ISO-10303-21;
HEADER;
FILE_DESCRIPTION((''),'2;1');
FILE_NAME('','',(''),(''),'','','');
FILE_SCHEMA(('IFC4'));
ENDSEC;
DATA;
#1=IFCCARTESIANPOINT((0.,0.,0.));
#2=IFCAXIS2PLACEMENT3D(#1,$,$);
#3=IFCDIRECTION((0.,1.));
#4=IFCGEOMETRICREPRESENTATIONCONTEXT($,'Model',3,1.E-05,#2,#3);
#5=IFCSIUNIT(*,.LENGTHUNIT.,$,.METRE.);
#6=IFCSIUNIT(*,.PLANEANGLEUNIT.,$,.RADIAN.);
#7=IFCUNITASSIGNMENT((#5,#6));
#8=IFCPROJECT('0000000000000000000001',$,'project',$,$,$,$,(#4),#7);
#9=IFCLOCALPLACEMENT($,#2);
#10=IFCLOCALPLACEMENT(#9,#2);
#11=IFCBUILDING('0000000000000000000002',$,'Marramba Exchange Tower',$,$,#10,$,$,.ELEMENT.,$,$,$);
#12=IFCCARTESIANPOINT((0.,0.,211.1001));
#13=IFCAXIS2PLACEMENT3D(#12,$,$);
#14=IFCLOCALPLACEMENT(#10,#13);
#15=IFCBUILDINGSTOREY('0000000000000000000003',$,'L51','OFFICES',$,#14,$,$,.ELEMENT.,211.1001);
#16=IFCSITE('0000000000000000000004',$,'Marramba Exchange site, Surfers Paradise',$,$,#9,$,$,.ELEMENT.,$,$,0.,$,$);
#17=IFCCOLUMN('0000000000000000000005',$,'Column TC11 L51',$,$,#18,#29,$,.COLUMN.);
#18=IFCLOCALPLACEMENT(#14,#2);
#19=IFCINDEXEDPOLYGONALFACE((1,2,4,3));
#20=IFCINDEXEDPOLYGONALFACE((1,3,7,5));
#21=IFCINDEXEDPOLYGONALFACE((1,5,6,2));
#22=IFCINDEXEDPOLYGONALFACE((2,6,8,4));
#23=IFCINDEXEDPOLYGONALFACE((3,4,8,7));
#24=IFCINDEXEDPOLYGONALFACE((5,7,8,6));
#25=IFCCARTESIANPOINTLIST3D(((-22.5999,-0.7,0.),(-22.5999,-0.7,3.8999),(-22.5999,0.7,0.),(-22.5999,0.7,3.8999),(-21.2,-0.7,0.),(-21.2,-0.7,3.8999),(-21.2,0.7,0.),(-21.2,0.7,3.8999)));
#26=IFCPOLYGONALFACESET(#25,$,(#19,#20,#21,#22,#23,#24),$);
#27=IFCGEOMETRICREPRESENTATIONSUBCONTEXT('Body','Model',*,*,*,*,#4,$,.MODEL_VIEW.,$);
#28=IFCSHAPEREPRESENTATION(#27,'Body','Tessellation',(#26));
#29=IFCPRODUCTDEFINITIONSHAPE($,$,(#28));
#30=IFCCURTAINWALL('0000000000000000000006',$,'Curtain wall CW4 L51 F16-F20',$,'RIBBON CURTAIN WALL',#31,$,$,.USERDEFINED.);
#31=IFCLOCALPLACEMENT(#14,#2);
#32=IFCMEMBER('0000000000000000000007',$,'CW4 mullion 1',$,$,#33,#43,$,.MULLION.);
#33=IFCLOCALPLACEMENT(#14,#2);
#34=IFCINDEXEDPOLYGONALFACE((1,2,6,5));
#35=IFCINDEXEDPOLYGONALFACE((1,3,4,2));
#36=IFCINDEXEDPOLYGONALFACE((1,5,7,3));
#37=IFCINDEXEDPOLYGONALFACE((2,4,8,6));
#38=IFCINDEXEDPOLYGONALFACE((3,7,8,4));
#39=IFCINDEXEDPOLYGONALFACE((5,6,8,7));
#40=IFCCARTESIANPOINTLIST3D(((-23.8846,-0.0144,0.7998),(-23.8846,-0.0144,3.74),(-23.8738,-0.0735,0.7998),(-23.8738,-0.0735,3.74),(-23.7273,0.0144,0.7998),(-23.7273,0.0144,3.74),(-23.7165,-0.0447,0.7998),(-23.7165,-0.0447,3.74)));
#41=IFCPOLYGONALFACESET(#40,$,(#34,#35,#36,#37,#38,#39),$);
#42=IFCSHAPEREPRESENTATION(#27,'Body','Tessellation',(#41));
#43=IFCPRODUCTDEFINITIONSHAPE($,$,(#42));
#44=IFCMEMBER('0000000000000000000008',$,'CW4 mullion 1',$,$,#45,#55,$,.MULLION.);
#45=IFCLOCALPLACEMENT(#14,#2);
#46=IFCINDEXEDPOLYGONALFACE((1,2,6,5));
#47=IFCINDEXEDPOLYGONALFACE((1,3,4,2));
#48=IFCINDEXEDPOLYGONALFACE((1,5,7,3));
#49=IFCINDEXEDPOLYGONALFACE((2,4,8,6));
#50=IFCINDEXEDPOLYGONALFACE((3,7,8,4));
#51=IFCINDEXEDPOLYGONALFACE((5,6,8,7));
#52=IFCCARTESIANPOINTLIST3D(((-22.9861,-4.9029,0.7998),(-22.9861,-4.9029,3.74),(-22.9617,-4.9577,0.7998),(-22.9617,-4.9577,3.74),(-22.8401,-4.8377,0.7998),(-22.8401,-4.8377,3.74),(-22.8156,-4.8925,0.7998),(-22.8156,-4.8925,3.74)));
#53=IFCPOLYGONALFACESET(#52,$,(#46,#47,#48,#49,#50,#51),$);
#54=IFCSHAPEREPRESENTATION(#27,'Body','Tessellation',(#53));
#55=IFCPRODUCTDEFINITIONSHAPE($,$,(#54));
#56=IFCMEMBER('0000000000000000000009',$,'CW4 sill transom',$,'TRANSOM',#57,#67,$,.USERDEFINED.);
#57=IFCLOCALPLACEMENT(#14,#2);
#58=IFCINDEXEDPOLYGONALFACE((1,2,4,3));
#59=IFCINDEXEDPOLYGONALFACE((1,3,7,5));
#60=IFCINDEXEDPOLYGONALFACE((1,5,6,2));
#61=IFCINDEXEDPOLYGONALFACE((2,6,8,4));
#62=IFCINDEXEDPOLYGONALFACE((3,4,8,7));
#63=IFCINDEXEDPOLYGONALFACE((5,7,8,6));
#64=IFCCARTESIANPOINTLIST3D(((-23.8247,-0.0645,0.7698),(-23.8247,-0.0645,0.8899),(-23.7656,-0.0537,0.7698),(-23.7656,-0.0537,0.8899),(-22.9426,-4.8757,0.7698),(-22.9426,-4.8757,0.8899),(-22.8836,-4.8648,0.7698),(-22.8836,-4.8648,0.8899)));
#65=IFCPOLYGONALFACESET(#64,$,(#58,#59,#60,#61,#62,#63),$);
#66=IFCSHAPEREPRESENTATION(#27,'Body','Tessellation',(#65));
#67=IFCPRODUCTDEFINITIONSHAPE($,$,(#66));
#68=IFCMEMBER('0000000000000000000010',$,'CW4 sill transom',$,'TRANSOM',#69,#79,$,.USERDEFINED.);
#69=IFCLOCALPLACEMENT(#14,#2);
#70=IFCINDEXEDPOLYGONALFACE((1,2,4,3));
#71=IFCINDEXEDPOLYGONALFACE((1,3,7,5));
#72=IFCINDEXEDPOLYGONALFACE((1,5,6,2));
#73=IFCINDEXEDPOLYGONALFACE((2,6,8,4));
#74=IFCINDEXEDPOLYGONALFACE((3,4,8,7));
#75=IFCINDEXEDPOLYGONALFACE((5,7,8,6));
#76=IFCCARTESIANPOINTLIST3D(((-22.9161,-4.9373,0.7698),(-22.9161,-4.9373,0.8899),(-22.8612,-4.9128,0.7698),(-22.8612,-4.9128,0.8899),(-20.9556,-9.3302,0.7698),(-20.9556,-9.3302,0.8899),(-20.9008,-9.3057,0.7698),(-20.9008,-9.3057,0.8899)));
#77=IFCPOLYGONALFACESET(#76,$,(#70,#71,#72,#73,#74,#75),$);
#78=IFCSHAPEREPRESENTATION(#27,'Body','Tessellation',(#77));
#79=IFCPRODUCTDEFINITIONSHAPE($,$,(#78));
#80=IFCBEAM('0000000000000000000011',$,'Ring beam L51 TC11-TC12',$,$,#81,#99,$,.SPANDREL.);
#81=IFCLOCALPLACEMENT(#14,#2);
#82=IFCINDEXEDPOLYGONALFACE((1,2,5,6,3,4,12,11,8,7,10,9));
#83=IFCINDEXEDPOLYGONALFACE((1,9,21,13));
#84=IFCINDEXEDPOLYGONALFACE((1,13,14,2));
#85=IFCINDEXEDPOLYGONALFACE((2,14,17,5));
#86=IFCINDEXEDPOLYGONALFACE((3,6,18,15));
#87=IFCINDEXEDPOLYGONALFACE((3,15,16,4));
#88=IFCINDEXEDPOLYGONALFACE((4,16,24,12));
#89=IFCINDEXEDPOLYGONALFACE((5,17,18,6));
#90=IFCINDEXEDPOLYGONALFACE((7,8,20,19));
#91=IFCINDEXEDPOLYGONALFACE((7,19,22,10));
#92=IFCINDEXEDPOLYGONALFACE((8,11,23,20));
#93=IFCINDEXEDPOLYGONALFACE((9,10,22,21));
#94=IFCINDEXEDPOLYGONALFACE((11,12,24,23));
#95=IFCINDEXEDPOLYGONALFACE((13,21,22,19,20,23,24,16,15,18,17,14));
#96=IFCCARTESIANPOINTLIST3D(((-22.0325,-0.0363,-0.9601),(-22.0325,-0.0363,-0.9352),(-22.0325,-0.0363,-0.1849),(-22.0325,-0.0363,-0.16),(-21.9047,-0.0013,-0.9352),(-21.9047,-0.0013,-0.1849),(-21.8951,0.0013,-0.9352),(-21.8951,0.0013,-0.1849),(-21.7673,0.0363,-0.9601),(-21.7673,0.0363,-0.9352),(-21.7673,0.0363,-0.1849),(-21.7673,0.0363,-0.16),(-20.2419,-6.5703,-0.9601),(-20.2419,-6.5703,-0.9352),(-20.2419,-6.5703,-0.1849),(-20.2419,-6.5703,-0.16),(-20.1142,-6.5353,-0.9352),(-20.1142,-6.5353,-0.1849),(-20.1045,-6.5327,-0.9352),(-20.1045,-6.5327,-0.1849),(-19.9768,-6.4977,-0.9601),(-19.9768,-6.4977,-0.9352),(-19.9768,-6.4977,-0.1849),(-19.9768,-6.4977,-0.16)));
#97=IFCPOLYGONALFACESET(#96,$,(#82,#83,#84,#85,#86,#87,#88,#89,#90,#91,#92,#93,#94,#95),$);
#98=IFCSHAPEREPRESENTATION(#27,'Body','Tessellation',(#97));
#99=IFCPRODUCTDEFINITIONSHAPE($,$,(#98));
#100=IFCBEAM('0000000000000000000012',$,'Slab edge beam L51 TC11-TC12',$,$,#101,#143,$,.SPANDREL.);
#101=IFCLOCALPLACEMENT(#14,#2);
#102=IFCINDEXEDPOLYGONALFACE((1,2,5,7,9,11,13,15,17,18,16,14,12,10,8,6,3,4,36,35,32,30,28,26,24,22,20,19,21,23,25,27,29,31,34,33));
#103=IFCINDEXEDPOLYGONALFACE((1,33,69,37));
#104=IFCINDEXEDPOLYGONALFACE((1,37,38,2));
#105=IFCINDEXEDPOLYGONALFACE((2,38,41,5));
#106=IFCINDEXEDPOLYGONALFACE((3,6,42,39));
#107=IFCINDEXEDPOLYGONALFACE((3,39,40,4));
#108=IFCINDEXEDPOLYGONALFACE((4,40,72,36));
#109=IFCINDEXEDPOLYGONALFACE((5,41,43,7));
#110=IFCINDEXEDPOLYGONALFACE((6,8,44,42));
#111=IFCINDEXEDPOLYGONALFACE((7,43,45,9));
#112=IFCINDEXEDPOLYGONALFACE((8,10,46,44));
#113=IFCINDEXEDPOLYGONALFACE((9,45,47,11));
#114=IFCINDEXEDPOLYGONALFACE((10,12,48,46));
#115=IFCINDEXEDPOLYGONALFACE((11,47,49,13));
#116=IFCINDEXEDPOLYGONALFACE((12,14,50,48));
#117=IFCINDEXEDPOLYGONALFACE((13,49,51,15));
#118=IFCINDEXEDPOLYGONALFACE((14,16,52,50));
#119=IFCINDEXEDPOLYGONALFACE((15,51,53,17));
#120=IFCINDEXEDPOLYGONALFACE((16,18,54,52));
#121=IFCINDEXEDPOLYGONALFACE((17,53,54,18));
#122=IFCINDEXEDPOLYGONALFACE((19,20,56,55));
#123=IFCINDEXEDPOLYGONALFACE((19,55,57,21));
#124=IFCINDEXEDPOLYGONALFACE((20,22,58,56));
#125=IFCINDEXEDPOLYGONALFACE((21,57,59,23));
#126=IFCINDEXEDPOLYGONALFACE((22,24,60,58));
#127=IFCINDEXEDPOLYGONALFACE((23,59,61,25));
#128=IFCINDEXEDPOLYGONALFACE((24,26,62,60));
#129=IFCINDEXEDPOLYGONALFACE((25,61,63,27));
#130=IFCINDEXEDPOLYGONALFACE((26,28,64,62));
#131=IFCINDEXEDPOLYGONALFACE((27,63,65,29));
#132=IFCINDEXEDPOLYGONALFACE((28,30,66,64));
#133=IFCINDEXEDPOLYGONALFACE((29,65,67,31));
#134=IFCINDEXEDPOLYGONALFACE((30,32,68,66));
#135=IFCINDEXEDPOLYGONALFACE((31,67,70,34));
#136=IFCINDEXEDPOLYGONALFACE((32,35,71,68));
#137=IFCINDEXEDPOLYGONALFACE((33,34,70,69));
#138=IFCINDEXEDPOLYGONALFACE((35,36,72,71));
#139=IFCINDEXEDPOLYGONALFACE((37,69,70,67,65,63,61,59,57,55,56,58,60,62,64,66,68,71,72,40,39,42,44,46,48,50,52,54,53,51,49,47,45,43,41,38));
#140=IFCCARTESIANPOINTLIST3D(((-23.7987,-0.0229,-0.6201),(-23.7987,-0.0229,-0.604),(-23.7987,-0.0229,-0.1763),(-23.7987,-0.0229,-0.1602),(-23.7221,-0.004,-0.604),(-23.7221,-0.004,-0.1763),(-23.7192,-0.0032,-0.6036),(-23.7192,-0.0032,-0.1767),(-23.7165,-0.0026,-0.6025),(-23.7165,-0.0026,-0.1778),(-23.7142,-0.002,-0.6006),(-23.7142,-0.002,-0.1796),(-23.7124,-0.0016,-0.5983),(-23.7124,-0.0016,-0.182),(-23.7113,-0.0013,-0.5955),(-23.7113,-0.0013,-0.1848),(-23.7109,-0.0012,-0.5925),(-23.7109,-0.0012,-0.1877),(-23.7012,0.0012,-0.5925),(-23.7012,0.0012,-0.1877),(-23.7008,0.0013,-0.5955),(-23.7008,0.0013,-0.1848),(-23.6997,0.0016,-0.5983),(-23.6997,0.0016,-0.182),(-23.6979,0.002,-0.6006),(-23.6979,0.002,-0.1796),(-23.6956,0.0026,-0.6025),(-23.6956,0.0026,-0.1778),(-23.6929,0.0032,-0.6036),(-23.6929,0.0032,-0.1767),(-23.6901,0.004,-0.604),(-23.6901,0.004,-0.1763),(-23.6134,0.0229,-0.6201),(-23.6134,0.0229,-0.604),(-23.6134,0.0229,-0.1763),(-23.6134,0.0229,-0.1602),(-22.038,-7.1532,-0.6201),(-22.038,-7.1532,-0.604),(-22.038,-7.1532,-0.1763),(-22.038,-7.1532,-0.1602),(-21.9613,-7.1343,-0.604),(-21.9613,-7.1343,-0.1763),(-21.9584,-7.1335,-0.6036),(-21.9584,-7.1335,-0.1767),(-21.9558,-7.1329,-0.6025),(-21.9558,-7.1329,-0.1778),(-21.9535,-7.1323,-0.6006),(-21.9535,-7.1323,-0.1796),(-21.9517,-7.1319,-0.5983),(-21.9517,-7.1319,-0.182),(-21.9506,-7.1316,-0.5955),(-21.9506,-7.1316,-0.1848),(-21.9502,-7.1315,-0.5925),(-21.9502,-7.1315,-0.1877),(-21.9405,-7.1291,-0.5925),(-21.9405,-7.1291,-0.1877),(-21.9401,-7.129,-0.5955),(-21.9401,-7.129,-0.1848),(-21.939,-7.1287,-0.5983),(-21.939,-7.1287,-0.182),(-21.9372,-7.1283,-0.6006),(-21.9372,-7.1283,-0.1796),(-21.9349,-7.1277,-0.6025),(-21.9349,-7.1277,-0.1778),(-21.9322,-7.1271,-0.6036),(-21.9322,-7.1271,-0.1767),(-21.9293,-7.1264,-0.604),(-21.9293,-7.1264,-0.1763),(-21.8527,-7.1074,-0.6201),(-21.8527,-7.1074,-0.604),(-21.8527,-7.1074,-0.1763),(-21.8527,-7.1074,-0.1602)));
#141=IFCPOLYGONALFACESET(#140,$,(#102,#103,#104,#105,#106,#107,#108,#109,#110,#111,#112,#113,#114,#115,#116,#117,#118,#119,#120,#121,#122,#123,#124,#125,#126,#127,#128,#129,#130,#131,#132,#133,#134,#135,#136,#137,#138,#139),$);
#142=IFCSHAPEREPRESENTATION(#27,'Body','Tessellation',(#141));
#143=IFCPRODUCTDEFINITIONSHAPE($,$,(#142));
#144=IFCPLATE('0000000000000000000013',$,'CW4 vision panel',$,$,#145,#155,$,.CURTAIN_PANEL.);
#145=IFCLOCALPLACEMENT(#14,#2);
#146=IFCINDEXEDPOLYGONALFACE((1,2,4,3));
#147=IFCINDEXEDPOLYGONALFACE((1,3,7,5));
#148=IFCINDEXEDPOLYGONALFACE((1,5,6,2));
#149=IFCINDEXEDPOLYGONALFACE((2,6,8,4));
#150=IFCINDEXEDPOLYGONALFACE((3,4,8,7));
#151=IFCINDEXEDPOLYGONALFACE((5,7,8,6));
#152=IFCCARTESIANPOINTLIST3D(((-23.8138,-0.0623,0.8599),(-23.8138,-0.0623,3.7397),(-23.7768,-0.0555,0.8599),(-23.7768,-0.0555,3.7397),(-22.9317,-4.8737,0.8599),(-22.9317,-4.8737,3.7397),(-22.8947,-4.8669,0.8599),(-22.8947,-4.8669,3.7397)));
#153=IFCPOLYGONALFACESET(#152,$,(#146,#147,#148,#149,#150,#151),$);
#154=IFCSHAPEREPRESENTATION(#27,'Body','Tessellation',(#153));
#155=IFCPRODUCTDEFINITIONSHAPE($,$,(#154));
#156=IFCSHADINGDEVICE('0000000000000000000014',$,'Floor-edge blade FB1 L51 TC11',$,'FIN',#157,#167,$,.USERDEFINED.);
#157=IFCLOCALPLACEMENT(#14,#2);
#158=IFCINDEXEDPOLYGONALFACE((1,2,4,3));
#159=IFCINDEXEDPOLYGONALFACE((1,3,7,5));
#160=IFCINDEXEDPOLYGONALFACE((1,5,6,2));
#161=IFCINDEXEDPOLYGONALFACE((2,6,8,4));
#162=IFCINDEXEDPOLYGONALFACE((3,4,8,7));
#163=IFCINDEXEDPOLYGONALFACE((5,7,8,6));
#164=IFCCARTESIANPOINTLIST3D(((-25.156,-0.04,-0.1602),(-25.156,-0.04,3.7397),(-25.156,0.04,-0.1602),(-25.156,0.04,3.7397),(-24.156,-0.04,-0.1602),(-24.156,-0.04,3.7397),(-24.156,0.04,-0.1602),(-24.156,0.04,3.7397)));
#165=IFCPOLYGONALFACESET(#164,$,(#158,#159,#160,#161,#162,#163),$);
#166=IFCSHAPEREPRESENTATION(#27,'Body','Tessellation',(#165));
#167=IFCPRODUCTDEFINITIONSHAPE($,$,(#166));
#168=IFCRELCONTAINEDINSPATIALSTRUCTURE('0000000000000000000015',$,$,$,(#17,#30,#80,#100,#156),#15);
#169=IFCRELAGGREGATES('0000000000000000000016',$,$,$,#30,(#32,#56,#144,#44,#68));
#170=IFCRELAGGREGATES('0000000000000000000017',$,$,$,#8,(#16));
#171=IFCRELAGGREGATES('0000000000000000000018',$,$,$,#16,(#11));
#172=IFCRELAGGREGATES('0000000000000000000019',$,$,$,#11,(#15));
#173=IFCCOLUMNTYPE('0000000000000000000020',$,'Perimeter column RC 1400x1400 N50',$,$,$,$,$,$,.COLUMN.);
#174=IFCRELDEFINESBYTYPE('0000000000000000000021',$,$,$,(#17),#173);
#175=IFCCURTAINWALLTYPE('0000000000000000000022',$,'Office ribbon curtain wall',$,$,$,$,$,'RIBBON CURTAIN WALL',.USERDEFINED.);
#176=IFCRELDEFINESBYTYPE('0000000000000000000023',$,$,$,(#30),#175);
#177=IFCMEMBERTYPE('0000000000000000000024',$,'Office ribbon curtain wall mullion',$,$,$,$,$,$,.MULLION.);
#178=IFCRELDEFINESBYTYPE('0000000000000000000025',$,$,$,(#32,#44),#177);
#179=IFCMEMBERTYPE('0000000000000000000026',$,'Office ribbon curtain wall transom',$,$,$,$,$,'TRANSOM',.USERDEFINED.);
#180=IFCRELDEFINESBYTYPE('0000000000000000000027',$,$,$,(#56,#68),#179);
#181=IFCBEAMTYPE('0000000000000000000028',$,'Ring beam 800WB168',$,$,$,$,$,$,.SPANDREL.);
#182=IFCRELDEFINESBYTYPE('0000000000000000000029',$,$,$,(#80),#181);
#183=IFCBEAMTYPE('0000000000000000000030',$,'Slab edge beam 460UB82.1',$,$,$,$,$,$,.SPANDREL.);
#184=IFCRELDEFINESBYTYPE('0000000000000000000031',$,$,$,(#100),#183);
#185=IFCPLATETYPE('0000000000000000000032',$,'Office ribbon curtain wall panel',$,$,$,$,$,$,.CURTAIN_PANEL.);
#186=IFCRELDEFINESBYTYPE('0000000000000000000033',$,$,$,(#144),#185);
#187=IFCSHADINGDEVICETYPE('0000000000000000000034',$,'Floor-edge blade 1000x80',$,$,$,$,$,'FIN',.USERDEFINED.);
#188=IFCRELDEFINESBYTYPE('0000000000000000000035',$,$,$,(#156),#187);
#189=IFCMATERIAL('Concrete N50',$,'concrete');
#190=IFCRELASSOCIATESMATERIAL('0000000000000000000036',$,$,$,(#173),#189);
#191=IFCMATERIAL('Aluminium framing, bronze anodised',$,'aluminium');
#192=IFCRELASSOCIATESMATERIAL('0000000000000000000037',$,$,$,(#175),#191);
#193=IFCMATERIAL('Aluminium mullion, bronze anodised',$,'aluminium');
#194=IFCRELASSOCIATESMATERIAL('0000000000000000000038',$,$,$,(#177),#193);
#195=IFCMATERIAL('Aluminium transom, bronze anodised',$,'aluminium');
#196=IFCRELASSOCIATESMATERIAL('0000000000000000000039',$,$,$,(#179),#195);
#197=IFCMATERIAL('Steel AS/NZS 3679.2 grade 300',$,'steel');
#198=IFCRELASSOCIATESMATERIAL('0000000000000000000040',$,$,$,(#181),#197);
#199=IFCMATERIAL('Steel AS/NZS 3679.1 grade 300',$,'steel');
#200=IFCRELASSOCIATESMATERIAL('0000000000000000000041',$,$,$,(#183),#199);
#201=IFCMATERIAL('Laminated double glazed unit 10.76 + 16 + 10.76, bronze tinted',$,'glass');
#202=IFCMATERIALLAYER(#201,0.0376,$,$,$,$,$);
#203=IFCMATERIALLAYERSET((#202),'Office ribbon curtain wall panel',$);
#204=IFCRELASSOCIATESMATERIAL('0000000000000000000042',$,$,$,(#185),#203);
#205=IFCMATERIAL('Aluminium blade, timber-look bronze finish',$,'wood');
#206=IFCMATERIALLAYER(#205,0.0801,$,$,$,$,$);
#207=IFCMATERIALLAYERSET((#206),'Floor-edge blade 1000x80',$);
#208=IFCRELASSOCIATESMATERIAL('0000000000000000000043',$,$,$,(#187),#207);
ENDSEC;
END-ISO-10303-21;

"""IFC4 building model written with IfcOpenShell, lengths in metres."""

from ifc_helpers import new_model, si_unit, direction, frame, origin, origin_2d, place, context, subcontext, project, spatial, rectangle, i_section, extrude, material, layer, layer_set, material_profile, profile_set, type_object, element, aggregate, save


model = new_model("IFC4")

# Units and contexts
model_context = context("Model", 3, precision=1e-05, world=origin(), true_north=direction((0.0, 1.0)))
body_context = subcontext(model_context, "Body", "Model", "MODEL_VIEW")
ifc_project = project(units=[si_unit("LENGTHUNIT", "METRE"), si_unit("PLANEANGLEUNIT", "RADIAN")], contexts=[model_context])

# Site, building, storey
site_placement = place(None, origin())
site = spatial("IfcSite", under=ifc_project, at=site_placement, Name="Marramba Exchange site, Surfers Paradise", CompositionType="ELEMENT", RefElevation=0.0)
building_placement = place(site_placement, origin())
building = spatial("IfcBuilding", under=site, at=building_placement, Name="Marramba Exchange Tower", CompositionType="ELEMENT")
storey_placement = place(building_placement, frame((0.0, 0.0, 211.1001)))
storey = spatial("IfcBuildingStorey", under=building, at=storey_placement, Name="L51", Description="OFFICES", CompositionType="ELEMENT", Elevation=211.1001)

# Column
ifc_material_1 = material(Name="Concrete N50", Category="concrete")
ifc_material_profile_1 = material_profile(ifc_material_1, rectangle(XDim=1.3999, YDim=1.3999, at=origin_2d()), Name="RC 1400x1400")
ifc_profile_set_1 = profile_set([ifc_material_profile_1], Name="Concrete N50")
column_type = type_object("IfcColumnType", Name="Perimeter column RC 1400x1400 N50", PredefinedType="COLUMN", material=ifc_profile_set_1)
column_placement = place(storey_placement, frame((-21.8999, 0.0, 0.0), z_axis=(0.0, 0.0, 1.0), x_axis=(-1.0, 0.0, 0.0)))
element("IfcColumn", 1, at=column_placement, inside=storey, type_object=column_type, Name="Column TC11 L51", PredefinedType="COLUMN", context=body_context, shape_type="SweptSolid", body=[
    extrude(rectangle(XDim=1.3999, YDim=1.3999, at=origin_2d()), origin(), (0.0, 0.0, 1.0), 3.8999),
])

# Curtain wall, members
ifc_material_2 = material(Name="Aluminium framing, bronze anodised", Category="aluminium")
curtain_wall_type = type_object("IfcCurtainWallType", Name="Office ribbon curtain wall", ElementType="RIBBON CURTAIN WALL", PredefinedType="USERDEFINED", material=ifc_material_2)
curtain_wall_placement = place(storey_placement, origin())
curtain_wall = element("IfcCurtainWall", 2, at=curtain_wall_placement, inside=storey, type_object=curtain_wall_type, Name="Curtain wall CW4 L51 F16-F20", ObjectType="RIBBON CURTAIN WALL", PredefinedType="USERDEFINED")
ifc_material_3 = material(Name="Aluminium mullion, bronze anodised", Category="aluminium")
ifc_material_profile_2 = material_profile(ifc_material_3, rectangle(XDim=0.1599, YDim=0.0601, at=origin_2d()), Name="CW4 mullion 60x160")
ifc_profile_set_2 = profile_set([ifc_material_profile_2], Name="Aluminium mullion, bronze anodised")
member_type_1 = type_object("IfcMemberType", Name="Office ribbon curtain wall mullion", PredefinedType="MULLION", material=ifc_profile_set_2)
member_1_placement = place(storey_placement, frame((-23.8005, -0.0295, 0.7998), z_axis=(0.0, 0.0, 1.0), x_axis=(0.983607, 0.180327, 0.0)))
member_1 = element("IfcMember", 3, at=member_1_placement, type_object=member_type_1, Name="CW4 mullion 1", PredefinedType="MULLION", context=body_context, shape_type="SweptSolid", body=[
    extrude(rectangle(XDim=0.1599, YDim=0.0601, at=origin_2d()), origin(), (0.0, 0.0, 1.0), 2.9402),
])
member_2_placement = place(storey_placement, frame((-22.9009, -4.8977, 0.7998), z_axis=(0.0, 0.0, 1.0), x_axis=(0.91318, 0.407558, 0.0)))
member_2 = element("IfcMember", 4, at=member_2_placement, type_object=member_type_1, Name="CW4 mullion 1", PredefinedType="MULLION", context=body_context, shape_type="SweptSolid", body=[
    extrude(rectangle(XDim=0.1599, YDim=0.0601, at=origin_2d()), origin(), (0.0, 0.0, 1.0), 2.9402),
])
ifc_material_4 = material(Name="Aluminium transom, bronze anodised", Category="aluminium")
ifc_material_profile_3 = material_profile(ifc_material_4, rectangle(XDim=0.0601, YDim=0.1201, at=origin_2d()), Name="CW4 transom 60x120")
ifc_profile_set_3 = profile_set([ifc_material_profile_3], Name="Aluminium transom, bronze anodised")
member_type_2 = type_object("IfcMemberType", Name="Office ribbon curtain wall transom", ElementType="TRANSOM", PredefinedType="USERDEFINED", material=ifc_profile_set_3)
member_3_placement = place(storey_placement, frame((-23.7952, -0.0591, 0.8298), z_axis=(0.18033, -0.983606, 0.0), x_axis=(0.983606, 0.18033, 0.0)))
member_3 = element("IfcMember", 5, at=member_3_placement, type_object=member_type_2, Name="CW4 sill transom", ObjectType="TRANSOM", PredefinedType="USERDEFINED", context=body_context, shape_type="SweptSolid", body=[
    extrude(rectangle(XDim=0.0601, YDim=0.1201, at=origin_2d()), origin(), (0.0, 0.0, 1.0), 4.8914),
])
member_4_placement = place(storey_placement, frame((-22.8887, -4.925, 0.8298), z_axis=(0.407541, -0.913187, 0.0), x_axis=(0.913187, 0.407541, 0.0)))
member_4 = element("IfcMember", 6, at=member_4_placement, type_object=member_type_2, Name="CW4 sill transom", ObjectType="TRANSOM", PredefinedType="USERDEFINED", context=body_context, shape_type="SweptSolid", body=[
    extrude(rectangle(XDim=0.0601, YDim=0.1201, at=origin_2d()), origin(), (0.0, 0.0, 1.0), 4.8105),
])

# Beams
ifc_material_5 = material(Name="Steel AS/NZS 3679.2 grade 300", Category="steel")
ifc_material_profile_4 = material_profile(ifc_material_5, i_section(OverallWidth=0.2749, OverallDepth=0.8, WebThickness=0.01, FlangeThickness=0.0249, at=origin_2d()), Name="800WB168")
ifc_profile_set_4 = profile_set([ifc_material_profile_4], Name="Steel AS/NZS 3679.2 grade 300")
beam_type_1 = type_object("IfcBeamType", Name="Ring beam 800WB168", PredefinedType="SPANDREL", material=ifc_profile_set_4)
beam_1_placement = place(storey_placement, frame((-21.8999, 0.0, -0.5601), z_axis=(0.264291, -0.964443, 0.0), x_axis=(0.964443, 0.264291, 0.0)))
element("IfcBeam", 7, at=beam_1_placement, inside=storey, type_object=beam_type_1, Name="Ring beam L51 TC11-TC12", PredefinedType="SPANDREL", context=body_context, shape_type="SweptSolid", body=[
    extrude(i_section(OverallWidth=0.2749, OverallDepth=0.8, WebThickness=0.01, FlangeThickness=0.0249, at=origin_2d()), origin(), (0.0, 0.0, 1.0), 6.7749),
])
ifc_material_6 = material(Name="Steel AS/NZS 3679.1 grade 300", Category="steel")
ifc_material_profile_5 = material_profile(ifc_material_6, i_section(OverallWidth=0.1909, OverallDepth=0.46, WebThickness=0.01, FlangeThickness=0.0161, FilletRadius=0.0115, at=origin_2d()), Name="460UB82.1")
ifc_profile_set_5 = profile_set([ifc_material_profile_5], Name="Steel AS/NZS 3679.1 grade 300")
beam_type_2 = type_object("IfcBeamType", Name="Slab edge beam 460UB82.1", PredefinedType="SPANDREL", material=ifc_profile_set_5)
beam_2_placement = place(storey_placement, frame((-23.7061, 0.0, -0.3901), z_axis=(0.239735, -0.970838, 0.0), x_axis=(0.970838, 0.239735, 0.0)))
element("IfcBeam", 8, at=beam_2_placement, inside=storey, type_object=beam_type_2, Name="Slab edge beam L51 TC11-TC12", PredefinedType="SPANDREL", context=body_context, shape_type="SweptSolid", body=[
    extrude(i_section(OverallWidth=0.1909, OverallDepth=0.46, WebThickness=0.01, FlangeThickness=0.0161, FilletRadius=0.0115, at=origin_2d()), origin(), (0.0, 0.0, 1.0), 7.3445),
])

# Plate
ifc_material_7 = material(Name="Laminated double glazed unit 10.76 + 16 + 10.76, bronze tinted", Category="glass")
ifc_layer_1 = layer(ifc_material_7, 0.0376)
ifc_layer_set_1 = layer_set([ifc_layer_1], Name="Office ribbon curtain wall panel")
plate_type = type_object("IfcPlateType", Name="Office ribbon curtain wall panel", PredefinedType="CURTAIN_PANEL", material=ifc_layer_set_1)
plate_placement = place(storey_placement, frame((-23.3542, -2.4646, 0.8599), z_axis=(0.0, 0.0, 1.0), x_axis=(0.180327, -0.983607, 0.0)))
plate = element("IfcPlate", 9, at=plate_placement, type_object=plate_type, Name="CW4 vision panel", PredefinedType="CURTAIN_PANEL", context=body_context, shape_type="SweptSolid", body=[
    extrude(rectangle(XDim=4.8916, YDim=0.0376, at=origin_2d()), origin(), (0.0, 0.0, 1.0), 2.8799),
])
aggregate(curtain_wall, [member_1, member_3, plate, member_2, member_4])

# Shading device
ifc_material_8 = material(Name="Aluminium blade, timber-look bronze finish", Category="wood")
ifc_layer_2 = layer(ifc_material_8, 0.0801)
ifc_layer_set_2 = layer_set([ifc_layer_2], Name="Floor-edge blade 1000x80")
shading_device_type_1 = type_object("IfcShadingDeviceType", Name="Floor-edge blade 1000x80", ElementType="FIN", PredefinedType="USERDEFINED", material=ifc_layer_set_2)
shading_device_1_placement = place(storey_placement, frame((-24.656, 0.0, -0.1602), z_axis=(0.0, 0.0, 1.0), x_axis=(-1.0, 0.0, 0.0)))
element("IfcShadingDevice", 10, at=shading_device_1_placement, inside=storey, type_object=shading_device_type_1, Name="Floor-edge blade FB1 L51 TC11", ObjectType="FIN", PredefinedType="USERDEFINED", context=body_context, shape_type="SweptSolid", body=[
    extrude(rectangle(XDim=1.0, YDim=0.0801, at=origin_2d()), origin(), (0.0, 0.0, 1.0), 3.8999),
])

save(model, "model.ifc")
